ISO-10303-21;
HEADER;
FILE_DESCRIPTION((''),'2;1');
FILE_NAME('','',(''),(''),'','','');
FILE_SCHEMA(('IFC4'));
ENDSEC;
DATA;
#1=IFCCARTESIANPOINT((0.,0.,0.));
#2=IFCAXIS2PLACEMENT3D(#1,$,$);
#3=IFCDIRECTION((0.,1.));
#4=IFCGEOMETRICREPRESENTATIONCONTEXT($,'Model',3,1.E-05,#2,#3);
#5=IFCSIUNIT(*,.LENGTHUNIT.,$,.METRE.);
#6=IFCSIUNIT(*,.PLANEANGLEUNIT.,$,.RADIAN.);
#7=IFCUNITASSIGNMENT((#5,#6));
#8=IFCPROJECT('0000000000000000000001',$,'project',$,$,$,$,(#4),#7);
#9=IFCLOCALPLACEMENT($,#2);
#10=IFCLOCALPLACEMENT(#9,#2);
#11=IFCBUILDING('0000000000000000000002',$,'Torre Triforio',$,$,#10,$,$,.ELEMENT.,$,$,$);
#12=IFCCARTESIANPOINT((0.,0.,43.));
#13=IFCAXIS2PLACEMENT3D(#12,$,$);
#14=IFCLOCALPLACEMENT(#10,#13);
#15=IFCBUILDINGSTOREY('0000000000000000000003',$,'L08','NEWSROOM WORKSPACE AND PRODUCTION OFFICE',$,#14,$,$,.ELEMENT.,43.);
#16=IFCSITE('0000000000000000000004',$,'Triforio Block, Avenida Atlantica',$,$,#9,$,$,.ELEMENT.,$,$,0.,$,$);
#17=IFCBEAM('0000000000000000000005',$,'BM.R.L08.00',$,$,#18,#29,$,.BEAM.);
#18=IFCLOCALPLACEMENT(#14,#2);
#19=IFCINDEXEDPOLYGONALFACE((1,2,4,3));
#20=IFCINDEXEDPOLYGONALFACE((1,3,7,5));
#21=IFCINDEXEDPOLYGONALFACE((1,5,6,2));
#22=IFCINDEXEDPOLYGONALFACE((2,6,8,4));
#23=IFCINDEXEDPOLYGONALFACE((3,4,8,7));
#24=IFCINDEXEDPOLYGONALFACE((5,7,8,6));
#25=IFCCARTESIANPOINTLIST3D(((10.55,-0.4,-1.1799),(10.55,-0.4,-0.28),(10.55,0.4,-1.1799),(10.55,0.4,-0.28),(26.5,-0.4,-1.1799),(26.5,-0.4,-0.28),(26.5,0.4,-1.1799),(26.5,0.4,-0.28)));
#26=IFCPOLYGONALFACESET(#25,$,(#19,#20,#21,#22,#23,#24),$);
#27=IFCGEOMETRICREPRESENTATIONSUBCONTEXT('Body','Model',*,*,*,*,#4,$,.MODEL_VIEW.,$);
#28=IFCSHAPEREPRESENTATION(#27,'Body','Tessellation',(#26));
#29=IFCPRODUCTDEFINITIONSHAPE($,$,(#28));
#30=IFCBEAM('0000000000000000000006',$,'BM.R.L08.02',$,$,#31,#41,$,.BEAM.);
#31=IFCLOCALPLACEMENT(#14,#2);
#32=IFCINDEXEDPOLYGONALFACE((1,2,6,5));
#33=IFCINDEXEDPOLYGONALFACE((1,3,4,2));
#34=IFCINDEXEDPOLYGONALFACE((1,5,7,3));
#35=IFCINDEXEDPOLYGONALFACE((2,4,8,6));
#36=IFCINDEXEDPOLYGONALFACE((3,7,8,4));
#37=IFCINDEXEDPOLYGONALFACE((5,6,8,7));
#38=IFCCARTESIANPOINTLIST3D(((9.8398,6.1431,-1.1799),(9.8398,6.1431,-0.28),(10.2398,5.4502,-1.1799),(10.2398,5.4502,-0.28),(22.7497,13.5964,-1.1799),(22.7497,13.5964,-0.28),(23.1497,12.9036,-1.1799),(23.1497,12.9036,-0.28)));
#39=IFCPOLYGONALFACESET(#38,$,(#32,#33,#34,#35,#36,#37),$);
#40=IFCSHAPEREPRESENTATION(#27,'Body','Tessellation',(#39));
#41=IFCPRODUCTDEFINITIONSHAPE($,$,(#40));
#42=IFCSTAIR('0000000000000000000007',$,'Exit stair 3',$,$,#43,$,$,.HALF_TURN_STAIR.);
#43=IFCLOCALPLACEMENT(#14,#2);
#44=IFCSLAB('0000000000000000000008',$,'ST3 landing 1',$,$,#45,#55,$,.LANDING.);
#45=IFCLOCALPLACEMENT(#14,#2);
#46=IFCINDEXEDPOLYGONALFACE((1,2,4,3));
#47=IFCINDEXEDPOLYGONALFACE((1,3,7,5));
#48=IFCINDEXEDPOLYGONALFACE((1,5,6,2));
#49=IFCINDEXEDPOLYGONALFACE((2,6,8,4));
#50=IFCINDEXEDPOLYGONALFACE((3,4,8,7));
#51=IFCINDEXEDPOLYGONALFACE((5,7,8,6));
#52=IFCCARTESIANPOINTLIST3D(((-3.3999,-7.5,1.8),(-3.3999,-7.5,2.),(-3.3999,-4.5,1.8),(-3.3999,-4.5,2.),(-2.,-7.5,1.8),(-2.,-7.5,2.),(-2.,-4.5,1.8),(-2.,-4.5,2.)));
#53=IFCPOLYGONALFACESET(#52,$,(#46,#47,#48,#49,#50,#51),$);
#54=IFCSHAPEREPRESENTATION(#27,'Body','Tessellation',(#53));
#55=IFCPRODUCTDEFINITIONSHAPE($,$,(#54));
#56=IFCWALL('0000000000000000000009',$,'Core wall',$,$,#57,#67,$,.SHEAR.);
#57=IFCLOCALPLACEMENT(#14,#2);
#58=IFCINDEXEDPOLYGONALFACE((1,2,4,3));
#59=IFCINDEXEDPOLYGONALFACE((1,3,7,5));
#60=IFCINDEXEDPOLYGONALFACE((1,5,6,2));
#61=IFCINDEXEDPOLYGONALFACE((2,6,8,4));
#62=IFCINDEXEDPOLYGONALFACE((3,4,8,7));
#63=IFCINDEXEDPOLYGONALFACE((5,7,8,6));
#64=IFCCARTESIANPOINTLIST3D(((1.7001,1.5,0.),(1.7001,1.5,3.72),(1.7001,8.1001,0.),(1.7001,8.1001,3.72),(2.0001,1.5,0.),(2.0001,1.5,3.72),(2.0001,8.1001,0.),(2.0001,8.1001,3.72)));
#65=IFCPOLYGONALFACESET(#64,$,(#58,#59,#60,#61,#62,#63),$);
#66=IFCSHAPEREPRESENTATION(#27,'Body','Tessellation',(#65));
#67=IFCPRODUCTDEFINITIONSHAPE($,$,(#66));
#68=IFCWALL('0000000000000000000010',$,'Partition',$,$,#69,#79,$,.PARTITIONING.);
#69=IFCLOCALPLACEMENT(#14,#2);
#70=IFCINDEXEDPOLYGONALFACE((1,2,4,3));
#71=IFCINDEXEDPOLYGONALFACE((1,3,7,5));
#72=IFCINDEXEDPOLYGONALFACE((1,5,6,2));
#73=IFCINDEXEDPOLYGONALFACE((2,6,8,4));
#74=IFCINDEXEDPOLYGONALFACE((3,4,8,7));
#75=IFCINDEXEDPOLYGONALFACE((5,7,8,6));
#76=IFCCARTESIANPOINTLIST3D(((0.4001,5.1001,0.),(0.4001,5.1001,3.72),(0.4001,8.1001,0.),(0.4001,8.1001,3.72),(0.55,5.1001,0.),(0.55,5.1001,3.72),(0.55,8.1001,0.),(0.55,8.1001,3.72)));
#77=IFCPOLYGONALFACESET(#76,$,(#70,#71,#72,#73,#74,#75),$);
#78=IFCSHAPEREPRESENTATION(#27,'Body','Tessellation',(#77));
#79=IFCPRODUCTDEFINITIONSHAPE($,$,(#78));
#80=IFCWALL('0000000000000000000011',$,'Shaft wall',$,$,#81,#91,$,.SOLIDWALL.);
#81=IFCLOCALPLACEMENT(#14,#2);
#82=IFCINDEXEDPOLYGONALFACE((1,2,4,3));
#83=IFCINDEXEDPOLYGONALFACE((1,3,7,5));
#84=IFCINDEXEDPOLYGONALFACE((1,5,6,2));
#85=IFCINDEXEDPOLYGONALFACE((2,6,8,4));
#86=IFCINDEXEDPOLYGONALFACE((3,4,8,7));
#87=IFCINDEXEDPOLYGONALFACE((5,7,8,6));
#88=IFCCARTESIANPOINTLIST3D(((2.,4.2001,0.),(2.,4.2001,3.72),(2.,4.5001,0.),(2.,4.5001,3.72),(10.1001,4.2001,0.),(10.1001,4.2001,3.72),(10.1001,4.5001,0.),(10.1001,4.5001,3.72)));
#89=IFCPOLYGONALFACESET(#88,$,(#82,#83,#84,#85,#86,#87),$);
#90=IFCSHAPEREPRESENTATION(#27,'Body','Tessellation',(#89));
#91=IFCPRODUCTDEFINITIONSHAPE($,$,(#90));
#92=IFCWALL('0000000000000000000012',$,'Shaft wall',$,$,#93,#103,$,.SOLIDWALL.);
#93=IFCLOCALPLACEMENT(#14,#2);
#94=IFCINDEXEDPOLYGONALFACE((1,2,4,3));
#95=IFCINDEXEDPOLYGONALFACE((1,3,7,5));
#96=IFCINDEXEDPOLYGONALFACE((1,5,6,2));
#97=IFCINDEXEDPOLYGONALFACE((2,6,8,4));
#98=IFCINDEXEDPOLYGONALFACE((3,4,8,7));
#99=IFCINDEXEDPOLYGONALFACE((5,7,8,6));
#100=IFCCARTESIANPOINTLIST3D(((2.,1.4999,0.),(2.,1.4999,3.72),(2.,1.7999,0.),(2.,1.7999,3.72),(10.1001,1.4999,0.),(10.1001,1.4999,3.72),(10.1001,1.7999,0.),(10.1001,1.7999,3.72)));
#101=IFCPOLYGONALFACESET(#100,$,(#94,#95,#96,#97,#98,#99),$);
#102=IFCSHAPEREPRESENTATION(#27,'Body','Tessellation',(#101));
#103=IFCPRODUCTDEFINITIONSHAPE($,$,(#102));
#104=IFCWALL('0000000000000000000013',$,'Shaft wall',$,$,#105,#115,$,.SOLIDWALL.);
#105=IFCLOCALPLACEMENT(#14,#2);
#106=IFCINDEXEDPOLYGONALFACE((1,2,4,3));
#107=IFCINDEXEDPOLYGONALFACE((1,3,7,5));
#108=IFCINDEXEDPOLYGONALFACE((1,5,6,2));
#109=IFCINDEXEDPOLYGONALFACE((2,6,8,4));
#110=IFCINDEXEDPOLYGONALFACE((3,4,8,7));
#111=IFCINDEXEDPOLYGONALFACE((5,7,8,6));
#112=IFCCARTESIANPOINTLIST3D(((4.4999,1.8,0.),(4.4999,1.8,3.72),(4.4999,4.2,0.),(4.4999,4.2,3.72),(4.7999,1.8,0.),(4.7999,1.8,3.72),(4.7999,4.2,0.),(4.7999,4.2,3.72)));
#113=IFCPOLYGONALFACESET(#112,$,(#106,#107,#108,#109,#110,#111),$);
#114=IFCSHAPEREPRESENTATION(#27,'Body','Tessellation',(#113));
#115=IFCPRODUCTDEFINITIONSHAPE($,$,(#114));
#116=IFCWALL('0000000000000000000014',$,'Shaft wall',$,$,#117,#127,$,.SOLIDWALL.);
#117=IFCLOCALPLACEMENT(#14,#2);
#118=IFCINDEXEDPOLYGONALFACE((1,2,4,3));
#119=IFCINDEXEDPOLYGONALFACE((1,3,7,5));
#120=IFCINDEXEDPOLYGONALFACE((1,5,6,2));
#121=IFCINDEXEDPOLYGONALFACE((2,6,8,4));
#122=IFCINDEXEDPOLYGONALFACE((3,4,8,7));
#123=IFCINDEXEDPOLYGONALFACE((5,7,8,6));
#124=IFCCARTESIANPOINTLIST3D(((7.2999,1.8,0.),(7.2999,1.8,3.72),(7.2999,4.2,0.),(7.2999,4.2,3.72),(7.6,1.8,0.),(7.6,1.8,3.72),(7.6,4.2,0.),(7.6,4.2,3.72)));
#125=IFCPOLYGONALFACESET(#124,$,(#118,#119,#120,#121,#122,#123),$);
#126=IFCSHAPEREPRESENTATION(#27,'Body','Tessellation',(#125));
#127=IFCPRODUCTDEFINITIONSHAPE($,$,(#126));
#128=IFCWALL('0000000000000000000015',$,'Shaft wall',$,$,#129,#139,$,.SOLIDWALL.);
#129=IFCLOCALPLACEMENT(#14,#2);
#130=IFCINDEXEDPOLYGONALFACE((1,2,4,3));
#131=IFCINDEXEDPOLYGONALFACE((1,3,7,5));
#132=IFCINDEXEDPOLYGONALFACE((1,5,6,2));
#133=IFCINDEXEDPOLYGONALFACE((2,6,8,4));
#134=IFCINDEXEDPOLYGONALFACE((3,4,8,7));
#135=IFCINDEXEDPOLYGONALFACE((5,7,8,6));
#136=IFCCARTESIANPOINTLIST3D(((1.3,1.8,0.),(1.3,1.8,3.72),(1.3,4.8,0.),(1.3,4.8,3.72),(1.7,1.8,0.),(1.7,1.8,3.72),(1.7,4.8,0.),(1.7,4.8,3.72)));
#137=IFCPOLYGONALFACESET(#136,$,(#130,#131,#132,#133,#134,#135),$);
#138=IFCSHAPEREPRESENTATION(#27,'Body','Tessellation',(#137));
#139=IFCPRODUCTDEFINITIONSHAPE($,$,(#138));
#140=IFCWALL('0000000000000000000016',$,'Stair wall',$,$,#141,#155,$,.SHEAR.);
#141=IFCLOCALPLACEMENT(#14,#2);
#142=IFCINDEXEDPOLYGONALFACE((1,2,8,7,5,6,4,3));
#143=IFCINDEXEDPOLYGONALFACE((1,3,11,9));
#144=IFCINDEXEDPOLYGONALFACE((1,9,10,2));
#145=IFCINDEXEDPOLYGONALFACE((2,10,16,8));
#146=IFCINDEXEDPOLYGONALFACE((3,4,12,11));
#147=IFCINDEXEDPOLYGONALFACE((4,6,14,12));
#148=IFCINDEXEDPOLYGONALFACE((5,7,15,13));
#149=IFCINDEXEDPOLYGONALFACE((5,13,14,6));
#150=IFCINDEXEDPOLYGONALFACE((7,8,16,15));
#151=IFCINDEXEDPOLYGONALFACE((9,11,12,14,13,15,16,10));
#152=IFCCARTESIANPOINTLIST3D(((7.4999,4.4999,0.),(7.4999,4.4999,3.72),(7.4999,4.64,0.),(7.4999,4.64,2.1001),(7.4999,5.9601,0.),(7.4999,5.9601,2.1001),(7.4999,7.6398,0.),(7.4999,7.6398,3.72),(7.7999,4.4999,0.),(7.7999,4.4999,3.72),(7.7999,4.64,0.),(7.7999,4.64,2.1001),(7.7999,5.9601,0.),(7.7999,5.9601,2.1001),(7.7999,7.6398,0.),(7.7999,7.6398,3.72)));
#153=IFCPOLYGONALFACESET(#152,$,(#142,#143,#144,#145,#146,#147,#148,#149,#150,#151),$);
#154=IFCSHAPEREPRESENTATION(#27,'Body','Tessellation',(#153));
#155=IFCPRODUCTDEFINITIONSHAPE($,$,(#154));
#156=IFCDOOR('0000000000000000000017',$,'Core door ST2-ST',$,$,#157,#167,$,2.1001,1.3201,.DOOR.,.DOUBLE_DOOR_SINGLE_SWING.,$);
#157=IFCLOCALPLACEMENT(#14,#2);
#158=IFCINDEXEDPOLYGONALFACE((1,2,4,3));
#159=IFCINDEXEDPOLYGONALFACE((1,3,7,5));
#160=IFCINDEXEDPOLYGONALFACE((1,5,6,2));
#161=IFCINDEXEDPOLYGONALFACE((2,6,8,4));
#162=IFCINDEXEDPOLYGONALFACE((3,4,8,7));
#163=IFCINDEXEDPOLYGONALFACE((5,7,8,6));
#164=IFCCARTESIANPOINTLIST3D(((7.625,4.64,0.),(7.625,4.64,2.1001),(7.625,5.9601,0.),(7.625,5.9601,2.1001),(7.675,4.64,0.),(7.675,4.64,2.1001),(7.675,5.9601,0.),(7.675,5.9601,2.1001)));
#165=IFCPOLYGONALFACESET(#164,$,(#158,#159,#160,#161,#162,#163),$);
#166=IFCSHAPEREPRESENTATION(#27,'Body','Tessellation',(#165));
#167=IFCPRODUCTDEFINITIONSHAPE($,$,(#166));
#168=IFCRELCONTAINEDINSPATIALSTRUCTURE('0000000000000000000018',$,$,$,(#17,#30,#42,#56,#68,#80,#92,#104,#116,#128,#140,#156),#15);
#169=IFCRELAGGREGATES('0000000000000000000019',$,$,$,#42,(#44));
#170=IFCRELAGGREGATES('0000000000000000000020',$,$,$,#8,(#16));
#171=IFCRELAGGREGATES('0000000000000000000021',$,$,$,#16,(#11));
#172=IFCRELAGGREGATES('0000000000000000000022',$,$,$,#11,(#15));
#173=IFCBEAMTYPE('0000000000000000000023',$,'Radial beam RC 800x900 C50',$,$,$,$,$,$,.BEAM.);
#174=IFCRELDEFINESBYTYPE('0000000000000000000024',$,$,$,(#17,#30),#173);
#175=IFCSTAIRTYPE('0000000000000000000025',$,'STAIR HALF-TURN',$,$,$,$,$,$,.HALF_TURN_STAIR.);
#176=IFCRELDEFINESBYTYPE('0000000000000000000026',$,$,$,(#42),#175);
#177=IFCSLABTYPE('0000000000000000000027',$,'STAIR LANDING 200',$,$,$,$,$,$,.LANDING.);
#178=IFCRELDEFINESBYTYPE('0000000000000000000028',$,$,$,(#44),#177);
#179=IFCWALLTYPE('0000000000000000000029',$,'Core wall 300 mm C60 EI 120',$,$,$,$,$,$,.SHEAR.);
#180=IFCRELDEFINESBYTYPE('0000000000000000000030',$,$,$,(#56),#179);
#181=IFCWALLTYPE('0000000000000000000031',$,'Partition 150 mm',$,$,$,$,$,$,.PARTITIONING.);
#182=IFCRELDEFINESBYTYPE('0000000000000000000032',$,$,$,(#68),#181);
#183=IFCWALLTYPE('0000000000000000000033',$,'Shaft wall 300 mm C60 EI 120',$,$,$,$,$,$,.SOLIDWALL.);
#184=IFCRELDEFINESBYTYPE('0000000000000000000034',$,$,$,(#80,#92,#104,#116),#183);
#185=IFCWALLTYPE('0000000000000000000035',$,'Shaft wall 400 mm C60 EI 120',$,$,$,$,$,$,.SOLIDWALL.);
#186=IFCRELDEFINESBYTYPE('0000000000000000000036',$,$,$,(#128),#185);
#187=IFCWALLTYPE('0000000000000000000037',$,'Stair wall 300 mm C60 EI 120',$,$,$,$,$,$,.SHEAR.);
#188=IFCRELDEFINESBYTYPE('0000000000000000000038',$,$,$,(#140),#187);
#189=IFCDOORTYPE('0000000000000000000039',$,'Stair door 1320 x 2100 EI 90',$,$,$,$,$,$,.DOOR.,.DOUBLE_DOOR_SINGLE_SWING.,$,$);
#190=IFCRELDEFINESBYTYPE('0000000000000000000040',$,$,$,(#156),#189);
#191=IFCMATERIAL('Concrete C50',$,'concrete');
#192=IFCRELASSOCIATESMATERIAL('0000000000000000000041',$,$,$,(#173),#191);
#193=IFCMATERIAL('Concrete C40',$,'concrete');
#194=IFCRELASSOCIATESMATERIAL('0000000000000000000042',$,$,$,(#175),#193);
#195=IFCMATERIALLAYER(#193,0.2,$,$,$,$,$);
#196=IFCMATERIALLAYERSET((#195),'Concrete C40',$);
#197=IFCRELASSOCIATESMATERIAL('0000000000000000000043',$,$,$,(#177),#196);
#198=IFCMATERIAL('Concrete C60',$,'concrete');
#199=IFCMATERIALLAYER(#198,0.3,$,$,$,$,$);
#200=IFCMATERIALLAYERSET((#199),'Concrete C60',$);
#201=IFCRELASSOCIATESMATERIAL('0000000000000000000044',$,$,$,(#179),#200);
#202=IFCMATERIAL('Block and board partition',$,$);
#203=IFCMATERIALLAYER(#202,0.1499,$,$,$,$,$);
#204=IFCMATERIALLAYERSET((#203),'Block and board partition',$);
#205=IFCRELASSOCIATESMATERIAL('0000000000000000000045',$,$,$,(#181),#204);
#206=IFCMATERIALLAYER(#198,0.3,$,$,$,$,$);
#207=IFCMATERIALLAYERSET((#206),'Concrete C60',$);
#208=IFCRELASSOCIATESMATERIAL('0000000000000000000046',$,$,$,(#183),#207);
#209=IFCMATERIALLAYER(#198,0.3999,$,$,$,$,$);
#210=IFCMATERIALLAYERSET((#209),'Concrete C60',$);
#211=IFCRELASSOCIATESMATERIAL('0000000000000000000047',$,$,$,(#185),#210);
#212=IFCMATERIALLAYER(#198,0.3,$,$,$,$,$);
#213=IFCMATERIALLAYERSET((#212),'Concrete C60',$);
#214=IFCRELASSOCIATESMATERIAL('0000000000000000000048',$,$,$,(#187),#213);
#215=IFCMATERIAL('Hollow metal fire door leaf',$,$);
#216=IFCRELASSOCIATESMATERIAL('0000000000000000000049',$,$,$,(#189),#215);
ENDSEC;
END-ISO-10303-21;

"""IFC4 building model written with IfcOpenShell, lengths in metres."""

from ifc_helpers import new_model, si_unit, direction, frame, frame_2d, origin, origin_2d, place, context, subcontext, project, spatial, polyline, rectangle, outline, extrude, material, layer, layer_set, material_profile, profile_set, type_object, element, fill, aggregate, save


model = new_model("IFC4")

# Units and contexts
model_context = context("Model", 3, precision=1e-05, world=origin(), true_north=direction((0.0, 1.0)))
body_context = subcontext(model_context, "Body", "Model", "MODEL_VIEW")
ifc_project = project(units=[si_unit("LENGTHUNIT", "METRE"), si_unit("PLANEANGLEUNIT", "RADIAN")], contexts=[model_context])

# Site, building, storey
site_placement = place(None, origin())
site = spatial("IfcSite", under=ifc_project, at=site_placement, Name="Triforio Block, Avenida Atlantica", CompositionType="ELEMENT", RefElevation=0.0)
building_placement = place(site_placement, origin())
building = spatial("IfcBuilding", under=site, at=building_placement, Name="Torre Triforio", CompositionType="ELEMENT")
storey_placement = place(building_placement, frame((0.0, 0.0, 43.0)))
storey = spatial("IfcBuildingStorey", under=building, at=storey_placement, Name="L08", Description="NEWSROOM WORKSPACE AND PRODUCTION OFFICE", CompositionType="ELEMENT", Elevation=43.0)

# Beams
ifc_material_1 = material(Name="Concrete C50", Category="concrete")
ifc_material_profile = material_profile(ifc_material_1, rectangle(XDim=0.8, YDim=0.8999, at=origin_2d()), Name="RC 800x900")
ifc_profile_set = profile_set([ifc_material_profile], Name="Concrete C50")
beam_type = type_object("IfcBeamType", Name="Radial beam RC 800x900 C50", PredefinedType="BEAM", material=ifc_profile_set)
beam_1_placement = place(storey_placement, frame((10.55, 0.0, -0.73), z_axis=(1.0, 0.0, 0.0), x_axis=(0.0, 1.0, 0.0)))
element("IfcBeam", 1, at=beam_1_placement, inside=storey, type_object=beam_type, Name="BM.R.L08.00", PredefinedType="BEAM", context=body_context, shape_type="SweptSolid", body=[
    extrude(rectangle(XDim=0.8, YDim=0.8999, at=origin_2d()), origin(), (0.0, 0.0, 1.0), 15.95),
])
beam_2_placement = place(storey_placement, frame((10.0398, 5.7966, -0.73), z_axis=(0.86603, 0.499991, 0.0), x_axis=(-0.499991, 0.86603, 0.0)))
element("IfcBeam", 2, at=beam_2_placement, inside=storey, type_object=beam_type, Name="BM.R.L08.02", PredefinedType="BEAM", context=body_context, shape_type="SweptSolid", body=[
    extrude(rectangle(XDim=0.8, YDim=0.8999, at=origin_2d()), origin(), (0.0, 0.0, 1.0), 14.907),
])

# Stair, slab
ifc_material_2 = material(Name="Concrete C40", Category="concrete")
stair_type = type_object("IfcStairType", Name="STAIR HALF-TURN", PredefinedType="HALF_TURN_STAIR", material=ifc_material_2)
stair_1_placement = place(storey_placement, origin())
stair_1 = element("IfcStair", 3, at=stair_1_placement, inside=storey, type_object=stair_type, Name="Exit stair 3", PredefinedType="HALF_TURN_STAIR")
ifc_layer_1 = layer(ifc_material_2, 0.2)
ifc_layer_set_1 = layer_set([ifc_layer_1], Name="Concrete C40")
slab_type = type_object("IfcSlabType", Name="STAIR LANDING 200", PredefinedType="LANDING", material=ifc_layer_set_1)
slab_placement = place(storey_placement, frame((0.0, 0.0, 1.8)))
slab = element("IfcSlab", 4, at=slab_placement, type_object=slab_type, Name="ST3 landing 1", PredefinedType="LANDING", context=body_context, shape_type="SweptSolid", body=[
    extrude(outline(polyline([(-2.0, -7.5), (-2.0, -4.5), (-3.3999, -4.5), (-3.3999, -7.5), (-2.0, -7.5)])), origin(), (0.0, 0.0, 1.0), 0.2),
])
aggregate(stair_1, [slab])

# Walls
ifc_material_3 = material(Name="Concrete C60", Category="concrete")
ifc_layer_2 = layer(ifc_material_3, 0.3)
ifc_layer_set_2 = layer_set([ifc_layer_2], Name="Concrete C60")
wall_type_1 = type_object("IfcWallType", Name="Core wall 300 mm C60 EI 120", PredefinedType="SHEAR", material=ifc_layer_set_2)
wall_1_placement = place(storey_placement, frame((1.8501, 1.5, 0.0), z_axis=(0.0, 0.0, 1.0), x_axis=(0.0, 1.0, 0.0)))
element("IfcWall", 5, at=wall_1_placement, inside=storey, type_object=wall_type_1, Name="Core wall", PredefinedType="SHEAR", context=body_context, shape_type="SweptSolid", body=[
    extrude(rectangle(XDim=6.6001, YDim=0.3, at=frame_2d((3.3, 0.0))), origin(), (0.0, 0.0, 1.0), 3.72),
])
ifc_material_4 = material(Name="Block and board partition")
ifc_layer_3 = layer(ifc_material_4, 0.1499)
ifc_layer_set_3 = layer_set([ifc_layer_3], Name="Block and board partition")
wall_type_2 = type_object("IfcWallType", Name="Partition 150 mm", PredefinedType="PARTITIONING", material=ifc_layer_set_3)
wall_2_placement = place(storey_placement, frame((0.4751, 5.1001, 0.0), z_axis=(0.0, 0.0, 1.0), x_axis=(0.0, 1.0, 0.0)))
element("IfcWall", 6, at=wall_2_placement, inside=storey, type_object=wall_type_2, Name="Partition", PredefinedType="PARTITIONING", context=body_context, shape_type="SweptSolid", body=[
    extrude(rectangle(XDim=3.0, YDim=0.1499, at=frame_2d((1.5, 0.0))), origin(), (0.0, 0.0, 1.0), 3.72),
])
ifc_layer_4 = layer(ifc_material_3, 0.3)
ifc_layer_set_4 = layer_set([ifc_layer_4], Name="Concrete C60")
wall_type_3 = type_object("IfcWallType", Name="Shaft wall 300 mm C60 EI 120", PredefinedType="SOLIDWALL", material=ifc_layer_set_4)
for number, where, z_axis, x_axis, name in (
    (7, (2.0, 4.3501, 0.0), (0.0, 0.0, 1.0), (1.0, 0.0, 0.0), "Shaft wall"),
    (8, (2.0, 1.6499, 0.0), (0.0, 0.0, 1.0), (1.0, 0.0, 0.0), "Shaft wall"),
):
    element("IfcWall", number, at=place(storey_placement, frame(where, z_axis=z_axis, x_axis=x_axis)), inside=storey, type_object=wall_type_3, Name=name, PredefinedType="SOLIDWALL", context=body_context, shape_type="SweptSolid", body=[
        extrude(rectangle(XDim=8.1001, YDim=0.3, at=frame_2d((4.05, 0.0))), origin(), (0.0, 0.0, 1.0), 3.72),
    ])
for number, where, z_axis, x_axis, name in (
    (9, (4.6499, 1.8, 0.0), (0.0, 0.0, 1.0), (0.0, 1.0, 0.0), "Shaft wall"),
    (10, (7.45, 1.8, 0.0), (0.0, 0.0, 1.0), (0.0, 1.0, 0.0), "Shaft wall"),
):
    element("IfcWall", number, at=place(storey_placement, frame(where, z_axis=z_axis, x_axis=x_axis)), inside=storey, type_object=wall_type_3, Name=name, PredefinedType="SOLIDWALL", context=body_context, shape_type="SweptSolid", body=[
        extrude(rectangle(XDim=2.3999, YDim=0.3, at=frame_2d((1.2, 0.0))), origin(), (0.0, 0.0, 1.0), 3.72),
    ])
ifc_layer_5 = layer(ifc_material_3, 0.3999)
ifc_layer_set_5 = layer_set([ifc_layer_5], Name="Concrete C60")
wall_type_4 = type_object("IfcWallType", Name="Shaft wall 400 mm C60 EI 120", PredefinedType="SOLIDWALL", material=ifc_layer_set_5)
wall_3_placement = place(storey_placement, frame((1.5, 1.8, 0.0), z_axis=(0.0, 0.0, 1.0), x_axis=(0.0, 1.0, 0.0)))
element("IfcWall", 11, at=wall_3_placement, inside=storey, type_object=wall_type_4, Name="Shaft wall", PredefinedType="SOLIDWALL", context=body_context, shape_type="SweptSolid", body=[
    extrude(rectangle(XDim=3.0, YDim=0.3999, at=frame_2d((1.5, 0.0))), origin(), (0.0, 0.0, 1.0), 3.72),
])

# Wall, opening, door
ifc_layer_6 = layer(ifc_material_3, 0.3)
ifc_layer_set_6 = layer_set([ifc_layer_6], Name="Concrete C60")
wall_type_5 = type_object("IfcWallType", Name="Stair wall 300 mm C60 EI 120", PredefinedType="SHEAR", material=ifc_layer_set_6)
wall_4_placement = place(storey_placement, frame((7.6499, 4.5, 0.0), z_axis=(0.0, 0.0, 1.0), x_axis=(0.0, 1.0, 0.0)))
wall_4 = element("IfcWall", 12, at=wall_4_placement, inside=storey, type_object=wall_type_5, Name="Stair wall", PredefinedType="SHEAR", context=body_context, shape_type="SweptSolid", body=[
    extrude(rectangle(XDim=3.1399, YDim=0.3, at=frame_2d((1.5698, 0.0))), origin(), (0.0, 0.0, 1.0), 3.72),
])
opening_placement = place(wall_4_placement, frame((0.1399, 0.0, 0.0)))
opening = element("IfcOpeningElement", 13, at=opening_placement, cuts=wall_4, PredefinedType="OPENING", context=body_context, shape_type="SweptSolid", body=[
    extrude(rectangle(XDim=1.3201, YDim=2.1001, at=frame_2d((0.6602, 1.05))), frame((0.0, 0.1599, 0.0), z_axis=(0.0, -1.0, 0.0), x_axis=(1.0, 0.0, 0.0)), (0.0, 0.0, 1.0), 0.3201),
])
ifc_material_5 = material(Name="Hollow metal fire door leaf")
door_type = type_object("IfcDoorType", Name="Stair door 1320 x 2100 EI 90", OperationType="DOUBLE_DOOR_SINGLE_SWING", PredefinedType="DOOR", material=ifc_material_5)
door_placement = place(opening_placement, origin())
door = element("IfcDoor", 14, at=door_placement, inside=storey, type_object=door_type, Name="Core door ST2-ST", OperationType="DOUBLE_DOOR_SINGLE_SWING", OverallHeight=2.1001, OverallWidth=1.3201, PredefinedType="DOOR", context=body_context, shape_type="SweptSolid", body=[
    extrude(rectangle(XDim=1.3201, YDim=2.1001, at=frame_2d((0.6602, 1.05))), frame((0.0, 0.0249, 0.0), z_axis=(0.0, -1.0, 0.0), x_axis=(1.0, 0.0, 0.0)), (0.0, 0.0, 1.0), 0.05),
])
fill(opening, door)

save(model, "model.ifc")
